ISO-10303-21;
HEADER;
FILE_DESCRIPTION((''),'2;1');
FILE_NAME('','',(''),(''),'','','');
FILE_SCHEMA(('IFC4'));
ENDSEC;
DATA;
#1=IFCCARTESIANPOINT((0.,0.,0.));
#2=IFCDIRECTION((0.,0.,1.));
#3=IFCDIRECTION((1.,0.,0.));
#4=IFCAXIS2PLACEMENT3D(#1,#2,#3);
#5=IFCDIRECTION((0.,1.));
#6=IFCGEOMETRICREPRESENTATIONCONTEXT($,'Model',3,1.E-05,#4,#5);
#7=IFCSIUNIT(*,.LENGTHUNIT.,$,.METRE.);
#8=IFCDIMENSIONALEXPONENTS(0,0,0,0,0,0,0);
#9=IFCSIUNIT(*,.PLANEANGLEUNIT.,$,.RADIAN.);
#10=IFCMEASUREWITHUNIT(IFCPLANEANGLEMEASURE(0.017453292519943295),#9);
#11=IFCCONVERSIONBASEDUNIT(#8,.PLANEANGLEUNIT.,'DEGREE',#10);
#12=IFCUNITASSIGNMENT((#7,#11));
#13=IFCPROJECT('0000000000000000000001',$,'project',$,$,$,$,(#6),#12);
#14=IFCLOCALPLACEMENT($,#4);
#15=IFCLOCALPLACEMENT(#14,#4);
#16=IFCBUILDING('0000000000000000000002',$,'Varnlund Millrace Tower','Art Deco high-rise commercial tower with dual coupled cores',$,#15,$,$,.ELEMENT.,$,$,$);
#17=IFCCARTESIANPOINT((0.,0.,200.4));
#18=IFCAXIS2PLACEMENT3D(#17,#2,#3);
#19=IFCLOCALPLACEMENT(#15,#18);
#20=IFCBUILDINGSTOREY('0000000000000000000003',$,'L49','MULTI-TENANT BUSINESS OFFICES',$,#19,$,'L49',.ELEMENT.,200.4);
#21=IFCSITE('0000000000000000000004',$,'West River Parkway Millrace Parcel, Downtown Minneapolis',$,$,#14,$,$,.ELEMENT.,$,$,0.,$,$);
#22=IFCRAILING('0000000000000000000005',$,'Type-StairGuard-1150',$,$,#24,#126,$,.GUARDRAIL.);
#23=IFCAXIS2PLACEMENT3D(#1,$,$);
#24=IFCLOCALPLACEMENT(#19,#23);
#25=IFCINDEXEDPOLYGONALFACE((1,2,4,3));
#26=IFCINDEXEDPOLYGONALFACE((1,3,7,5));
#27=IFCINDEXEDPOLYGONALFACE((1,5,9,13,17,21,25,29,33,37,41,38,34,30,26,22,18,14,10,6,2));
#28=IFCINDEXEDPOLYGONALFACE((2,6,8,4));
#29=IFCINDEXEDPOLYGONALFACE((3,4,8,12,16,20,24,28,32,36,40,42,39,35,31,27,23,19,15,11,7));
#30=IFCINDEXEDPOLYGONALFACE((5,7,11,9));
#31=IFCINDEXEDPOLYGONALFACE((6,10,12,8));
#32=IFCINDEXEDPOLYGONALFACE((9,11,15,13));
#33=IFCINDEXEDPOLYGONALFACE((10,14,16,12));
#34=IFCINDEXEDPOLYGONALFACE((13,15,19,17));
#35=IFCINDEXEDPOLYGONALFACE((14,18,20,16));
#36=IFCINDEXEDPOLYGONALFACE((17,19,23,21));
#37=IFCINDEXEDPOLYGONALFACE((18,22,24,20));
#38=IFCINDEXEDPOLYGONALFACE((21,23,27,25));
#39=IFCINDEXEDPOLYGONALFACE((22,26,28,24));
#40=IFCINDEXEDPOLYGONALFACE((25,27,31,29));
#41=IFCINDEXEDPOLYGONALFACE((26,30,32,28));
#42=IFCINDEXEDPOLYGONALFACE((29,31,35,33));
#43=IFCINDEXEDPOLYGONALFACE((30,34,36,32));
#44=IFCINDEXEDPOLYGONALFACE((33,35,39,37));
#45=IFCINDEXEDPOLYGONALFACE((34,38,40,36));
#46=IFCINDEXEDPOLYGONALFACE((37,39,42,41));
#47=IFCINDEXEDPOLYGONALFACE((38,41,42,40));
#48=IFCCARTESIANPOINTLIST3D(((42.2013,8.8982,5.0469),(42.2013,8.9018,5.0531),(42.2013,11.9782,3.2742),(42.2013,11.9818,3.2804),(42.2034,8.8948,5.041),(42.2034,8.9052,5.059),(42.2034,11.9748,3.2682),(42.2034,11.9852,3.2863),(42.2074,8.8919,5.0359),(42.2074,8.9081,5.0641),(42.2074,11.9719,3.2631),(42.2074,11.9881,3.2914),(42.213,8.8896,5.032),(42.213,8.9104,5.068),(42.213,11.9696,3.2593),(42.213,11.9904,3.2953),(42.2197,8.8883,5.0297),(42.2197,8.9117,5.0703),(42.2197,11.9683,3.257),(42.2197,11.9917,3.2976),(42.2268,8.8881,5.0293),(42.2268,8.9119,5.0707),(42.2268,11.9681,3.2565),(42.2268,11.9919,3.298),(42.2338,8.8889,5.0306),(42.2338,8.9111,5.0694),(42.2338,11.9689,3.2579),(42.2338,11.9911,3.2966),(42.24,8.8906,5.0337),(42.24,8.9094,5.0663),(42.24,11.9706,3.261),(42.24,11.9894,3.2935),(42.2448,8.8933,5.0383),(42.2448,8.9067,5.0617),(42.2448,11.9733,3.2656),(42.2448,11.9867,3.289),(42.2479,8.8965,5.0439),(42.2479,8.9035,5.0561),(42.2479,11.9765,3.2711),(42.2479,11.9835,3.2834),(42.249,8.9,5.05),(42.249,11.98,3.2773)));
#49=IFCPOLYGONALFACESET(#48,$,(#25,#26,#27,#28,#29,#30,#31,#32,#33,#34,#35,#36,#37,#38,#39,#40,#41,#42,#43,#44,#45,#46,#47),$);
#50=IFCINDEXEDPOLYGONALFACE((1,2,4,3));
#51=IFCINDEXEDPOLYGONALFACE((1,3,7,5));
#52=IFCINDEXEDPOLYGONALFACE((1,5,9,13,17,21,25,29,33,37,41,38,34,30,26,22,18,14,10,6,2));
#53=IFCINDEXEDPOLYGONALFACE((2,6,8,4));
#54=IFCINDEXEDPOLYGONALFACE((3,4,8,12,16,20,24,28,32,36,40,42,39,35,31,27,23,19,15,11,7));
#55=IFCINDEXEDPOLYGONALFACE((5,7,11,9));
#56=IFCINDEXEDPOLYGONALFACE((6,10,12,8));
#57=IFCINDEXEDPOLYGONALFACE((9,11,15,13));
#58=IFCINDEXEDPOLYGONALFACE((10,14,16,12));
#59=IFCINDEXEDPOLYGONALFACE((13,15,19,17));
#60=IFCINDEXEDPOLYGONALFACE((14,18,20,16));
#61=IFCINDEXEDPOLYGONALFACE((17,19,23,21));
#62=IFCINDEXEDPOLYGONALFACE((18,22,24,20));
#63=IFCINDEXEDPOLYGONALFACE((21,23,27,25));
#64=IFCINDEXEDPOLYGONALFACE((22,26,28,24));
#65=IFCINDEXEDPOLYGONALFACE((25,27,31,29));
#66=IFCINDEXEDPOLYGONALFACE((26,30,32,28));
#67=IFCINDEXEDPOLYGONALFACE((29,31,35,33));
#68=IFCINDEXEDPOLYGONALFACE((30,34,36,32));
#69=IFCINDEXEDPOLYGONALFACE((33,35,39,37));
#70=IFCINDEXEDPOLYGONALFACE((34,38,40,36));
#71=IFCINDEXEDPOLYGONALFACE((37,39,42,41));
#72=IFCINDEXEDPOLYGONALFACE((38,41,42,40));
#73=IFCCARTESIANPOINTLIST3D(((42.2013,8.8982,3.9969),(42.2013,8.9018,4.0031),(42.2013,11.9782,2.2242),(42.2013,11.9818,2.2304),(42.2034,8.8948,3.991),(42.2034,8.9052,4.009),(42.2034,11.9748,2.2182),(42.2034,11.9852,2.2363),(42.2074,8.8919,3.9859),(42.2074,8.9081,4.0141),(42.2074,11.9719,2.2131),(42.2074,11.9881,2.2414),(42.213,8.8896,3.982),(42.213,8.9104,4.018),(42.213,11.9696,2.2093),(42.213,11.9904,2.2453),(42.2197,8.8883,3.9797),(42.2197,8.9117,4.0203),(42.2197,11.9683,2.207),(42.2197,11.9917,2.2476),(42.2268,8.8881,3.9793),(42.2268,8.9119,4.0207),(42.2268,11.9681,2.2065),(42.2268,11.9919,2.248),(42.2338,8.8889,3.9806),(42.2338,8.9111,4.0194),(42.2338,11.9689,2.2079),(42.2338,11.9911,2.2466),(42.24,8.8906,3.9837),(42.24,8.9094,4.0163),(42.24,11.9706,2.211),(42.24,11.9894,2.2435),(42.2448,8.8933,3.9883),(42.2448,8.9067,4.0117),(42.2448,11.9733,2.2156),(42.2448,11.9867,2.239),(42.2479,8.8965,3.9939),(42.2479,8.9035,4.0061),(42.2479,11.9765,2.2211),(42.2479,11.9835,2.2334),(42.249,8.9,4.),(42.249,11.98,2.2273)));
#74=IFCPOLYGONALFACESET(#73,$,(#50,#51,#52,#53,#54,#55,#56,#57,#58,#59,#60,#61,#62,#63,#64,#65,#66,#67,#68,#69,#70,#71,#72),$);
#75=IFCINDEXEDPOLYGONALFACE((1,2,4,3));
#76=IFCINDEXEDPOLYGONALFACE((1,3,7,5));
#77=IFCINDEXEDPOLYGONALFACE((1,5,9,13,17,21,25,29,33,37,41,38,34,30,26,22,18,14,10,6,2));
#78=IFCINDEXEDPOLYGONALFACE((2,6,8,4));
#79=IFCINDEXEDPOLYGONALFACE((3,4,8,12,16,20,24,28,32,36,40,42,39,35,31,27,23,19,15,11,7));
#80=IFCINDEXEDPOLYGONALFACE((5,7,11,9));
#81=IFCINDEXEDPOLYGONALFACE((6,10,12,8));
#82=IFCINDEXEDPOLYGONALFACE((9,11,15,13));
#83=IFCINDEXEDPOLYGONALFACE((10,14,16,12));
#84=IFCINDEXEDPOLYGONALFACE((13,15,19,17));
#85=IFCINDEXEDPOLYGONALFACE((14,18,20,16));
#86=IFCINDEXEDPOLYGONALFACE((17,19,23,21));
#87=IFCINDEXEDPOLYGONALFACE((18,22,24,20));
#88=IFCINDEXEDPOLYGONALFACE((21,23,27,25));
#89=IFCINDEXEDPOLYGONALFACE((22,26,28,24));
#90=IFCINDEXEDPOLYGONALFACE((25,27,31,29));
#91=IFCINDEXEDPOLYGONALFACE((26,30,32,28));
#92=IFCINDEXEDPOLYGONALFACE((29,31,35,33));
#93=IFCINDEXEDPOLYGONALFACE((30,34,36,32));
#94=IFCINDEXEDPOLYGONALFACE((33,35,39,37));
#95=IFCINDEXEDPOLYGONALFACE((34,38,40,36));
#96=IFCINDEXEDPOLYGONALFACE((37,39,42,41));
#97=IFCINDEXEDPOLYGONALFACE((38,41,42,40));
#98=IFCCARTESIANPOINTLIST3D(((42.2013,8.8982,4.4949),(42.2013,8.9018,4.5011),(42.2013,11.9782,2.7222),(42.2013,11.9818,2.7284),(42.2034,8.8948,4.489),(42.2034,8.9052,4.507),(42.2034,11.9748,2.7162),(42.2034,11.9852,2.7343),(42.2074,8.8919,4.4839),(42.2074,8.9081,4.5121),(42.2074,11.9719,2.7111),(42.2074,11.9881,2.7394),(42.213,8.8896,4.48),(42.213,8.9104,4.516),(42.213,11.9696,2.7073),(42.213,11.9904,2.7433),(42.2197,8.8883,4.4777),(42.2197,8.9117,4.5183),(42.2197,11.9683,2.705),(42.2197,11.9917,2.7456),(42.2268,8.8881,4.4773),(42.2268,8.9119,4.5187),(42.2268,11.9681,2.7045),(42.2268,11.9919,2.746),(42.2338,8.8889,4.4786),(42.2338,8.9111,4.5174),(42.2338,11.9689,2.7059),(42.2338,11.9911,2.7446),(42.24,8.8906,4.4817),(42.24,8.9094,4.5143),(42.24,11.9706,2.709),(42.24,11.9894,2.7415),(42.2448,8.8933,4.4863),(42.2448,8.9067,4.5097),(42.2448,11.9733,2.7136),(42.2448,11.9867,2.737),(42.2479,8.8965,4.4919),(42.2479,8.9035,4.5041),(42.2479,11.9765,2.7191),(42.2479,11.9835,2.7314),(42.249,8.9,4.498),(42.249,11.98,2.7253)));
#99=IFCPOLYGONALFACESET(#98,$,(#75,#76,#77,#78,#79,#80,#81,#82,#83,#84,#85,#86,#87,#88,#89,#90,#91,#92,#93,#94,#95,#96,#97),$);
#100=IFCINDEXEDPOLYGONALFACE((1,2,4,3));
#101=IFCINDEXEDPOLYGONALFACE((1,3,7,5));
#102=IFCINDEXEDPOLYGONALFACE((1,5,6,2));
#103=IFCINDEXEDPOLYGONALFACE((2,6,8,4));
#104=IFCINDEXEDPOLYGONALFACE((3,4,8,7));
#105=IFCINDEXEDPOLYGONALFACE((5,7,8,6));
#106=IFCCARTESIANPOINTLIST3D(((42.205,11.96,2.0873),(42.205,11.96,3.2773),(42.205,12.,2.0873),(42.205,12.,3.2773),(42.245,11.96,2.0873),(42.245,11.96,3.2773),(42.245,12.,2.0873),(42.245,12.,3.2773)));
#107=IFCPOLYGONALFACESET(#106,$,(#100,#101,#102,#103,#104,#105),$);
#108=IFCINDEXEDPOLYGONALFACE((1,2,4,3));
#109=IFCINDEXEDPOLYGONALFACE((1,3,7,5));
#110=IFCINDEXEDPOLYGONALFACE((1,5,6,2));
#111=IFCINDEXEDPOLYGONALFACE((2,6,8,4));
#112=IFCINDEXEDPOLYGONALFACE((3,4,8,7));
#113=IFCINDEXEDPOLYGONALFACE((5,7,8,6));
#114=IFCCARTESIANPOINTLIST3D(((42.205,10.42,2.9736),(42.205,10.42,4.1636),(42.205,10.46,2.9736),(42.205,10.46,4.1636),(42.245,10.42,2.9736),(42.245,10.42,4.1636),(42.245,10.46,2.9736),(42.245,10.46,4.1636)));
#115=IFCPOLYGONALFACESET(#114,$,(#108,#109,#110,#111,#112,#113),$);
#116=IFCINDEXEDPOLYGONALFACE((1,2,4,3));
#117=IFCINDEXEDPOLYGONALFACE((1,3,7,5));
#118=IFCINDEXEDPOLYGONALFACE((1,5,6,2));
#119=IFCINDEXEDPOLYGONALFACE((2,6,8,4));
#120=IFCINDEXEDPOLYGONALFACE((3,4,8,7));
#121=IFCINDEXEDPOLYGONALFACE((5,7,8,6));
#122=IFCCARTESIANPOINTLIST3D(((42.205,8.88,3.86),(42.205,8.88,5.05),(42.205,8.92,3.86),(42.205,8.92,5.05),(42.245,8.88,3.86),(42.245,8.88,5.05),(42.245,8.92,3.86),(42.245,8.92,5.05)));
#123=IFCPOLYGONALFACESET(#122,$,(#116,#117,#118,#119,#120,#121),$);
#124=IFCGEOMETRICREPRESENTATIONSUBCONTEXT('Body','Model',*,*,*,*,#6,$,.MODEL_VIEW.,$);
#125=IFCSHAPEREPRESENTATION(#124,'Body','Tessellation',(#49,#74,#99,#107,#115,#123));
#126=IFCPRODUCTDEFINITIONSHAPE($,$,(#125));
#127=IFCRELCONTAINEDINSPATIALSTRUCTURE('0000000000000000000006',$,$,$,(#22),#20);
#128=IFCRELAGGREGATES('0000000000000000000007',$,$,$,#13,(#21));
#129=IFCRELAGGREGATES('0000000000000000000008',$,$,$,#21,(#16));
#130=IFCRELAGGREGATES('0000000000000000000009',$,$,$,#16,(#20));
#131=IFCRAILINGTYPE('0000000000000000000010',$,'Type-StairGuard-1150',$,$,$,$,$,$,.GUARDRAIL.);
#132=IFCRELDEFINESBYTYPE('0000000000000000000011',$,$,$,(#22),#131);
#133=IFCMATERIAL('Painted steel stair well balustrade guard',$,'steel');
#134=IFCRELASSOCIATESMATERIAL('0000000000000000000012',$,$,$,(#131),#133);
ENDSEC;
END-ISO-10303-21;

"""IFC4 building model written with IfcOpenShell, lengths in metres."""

from ifc_helpers import new_model, entity, si_unit, converted_unit, direction, frame, origin_with_axes, origin_2d_with_axis, place, context, subcontext, project, spatial, rectangle, circle, extrude, material, type_object, element, save


model = new_model("IFC4")

# Units and contexts
model_context = context("Model", 3, precision=1e-05, world=origin_with_axes(), true_north=direction((0.0, 1.0)))
body_context = subcontext(model_context, "Body", "Model", "MODEL_VIEW")
ifc_project = project(units=[si_unit("LENGTHUNIT", "METRE"), converted_unit("PLANEANGLEUNIT", "DEGREE", entity("IfcPlaneAngleMeasure", 0.017453292519943295), si_unit("PLANEANGLEUNIT", "RADIAN"), dimensions=[0, 0, 0, 0, 0, 0, 0])], contexts=[model_context])

# Site, building, storey
site_placement = place(None, origin_with_axes())
site = spatial("IfcSite", under=ifc_project, at=site_placement, Name="West River Parkway Millrace Parcel, Downtown Minneapolis", CompositionType="ELEMENT", RefElevation=0.0)
building_placement = place(site_placement, origin_with_axes())
building = spatial("IfcBuilding", under=site, at=building_placement, Name="Varnlund Millrace Tower", Description="Art Deco high-rise commercial tower with dual coupled cores", CompositionType="ELEMENT")
storey_placement = place(building_placement, frame((0.0, 0.0, 200.4), z_axis=(0.0, 0.0, 1.0), x_axis=(1.0, 0.0, 0.0)))
storey = spatial("IfcBuildingStorey", under=building, at=storey_placement, Name="L49", Description="MULTI-TENANT BUSINESS OFFICES", LongName="L49", CompositionType="ELEMENT", Elevation=200.4)

# Railing
ifc_material_1 = material(Name="Painted steel stair well balustrade guard", Category="steel")
railing_type_1 = type_object("IfcRailingType", Name="Type-StairGuard-1150", PredefinedType="GUARDRAIL", material=ifc_material_1)
railing_1_placement = place(storey_placement, frame((0.0, 0.0, -200.4), z_axis=(0.0, 0.0, 1.0), x_axis=(1.0, 0.0, 0.0)))
element("IfcRailing", 1, at=railing_1_placement, inside=storey, type_object=railing_type_1, Name="Type-StairGuard-1150", PredefinedType="GUARDRAIL", context=body_context, shape_type="SweptSolid", body=[
    extrude(circle(Radius=0.024, at=origin_2d_with_axis()), frame((42.225, 11.98, 203.6773), z_axis=(0.0, -0.866696, 0.498836), x_axis=(1.0, 0.0, 0.0)), (0.0, 0.0, 1.0), 3.5537),
    extrude(circle(Radius=0.024, at=origin_2d_with_axis()), frame((42.225, 11.98, 202.6273), z_axis=(0.0, -0.866696, 0.498836), x_axis=(1.0, 0.0, 0.0)), (0.0, 0.0, 1.0), 3.5537),
    extrude(circle(Radius=0.024, at=origin_2d_with_axis()), frame((42.225, 11.98, 203.1253), z_axis=(0.0, -0.866696, 0.498836), x_axis=(1.0, 0.0, 0.0)), (0.0, 0.0, 1.0), 3.5537),
    extrude(rectangle(XDim=0.04, YDim=0.04, at=origin_2d_with_axis()), frame((42.225, 11.98, 202.4873), z_axis=(0.0, 0.0, 1.0), x_axis=(1.0, 0.0, 0.0)), (0.0, 0.0, 1.0), 1.19),
    extrude(rectangle(XDim=0.04, YDim=0.04, at=origin_2d_with_axis()), frame((42.225, 10.44, 203.3736), z_axis=(0.0, 0.0, 1.0), x_axis=(1.0, 0.0, 0.0)), (0.0, 0.0, 1.0), 1.19),
    extrude(rectangle(XDim=0.04, YDim=0.04, at=origin_2d_with_axis()), frame((42.225, 8.9, 204.26), z_axis=(0.0, 0.0, 1.0), x_axis=(1.0, 0.0, 0.0)), (0.0, 0.0, 1.0), 1.19),
])

save(model, "model.ifc")
